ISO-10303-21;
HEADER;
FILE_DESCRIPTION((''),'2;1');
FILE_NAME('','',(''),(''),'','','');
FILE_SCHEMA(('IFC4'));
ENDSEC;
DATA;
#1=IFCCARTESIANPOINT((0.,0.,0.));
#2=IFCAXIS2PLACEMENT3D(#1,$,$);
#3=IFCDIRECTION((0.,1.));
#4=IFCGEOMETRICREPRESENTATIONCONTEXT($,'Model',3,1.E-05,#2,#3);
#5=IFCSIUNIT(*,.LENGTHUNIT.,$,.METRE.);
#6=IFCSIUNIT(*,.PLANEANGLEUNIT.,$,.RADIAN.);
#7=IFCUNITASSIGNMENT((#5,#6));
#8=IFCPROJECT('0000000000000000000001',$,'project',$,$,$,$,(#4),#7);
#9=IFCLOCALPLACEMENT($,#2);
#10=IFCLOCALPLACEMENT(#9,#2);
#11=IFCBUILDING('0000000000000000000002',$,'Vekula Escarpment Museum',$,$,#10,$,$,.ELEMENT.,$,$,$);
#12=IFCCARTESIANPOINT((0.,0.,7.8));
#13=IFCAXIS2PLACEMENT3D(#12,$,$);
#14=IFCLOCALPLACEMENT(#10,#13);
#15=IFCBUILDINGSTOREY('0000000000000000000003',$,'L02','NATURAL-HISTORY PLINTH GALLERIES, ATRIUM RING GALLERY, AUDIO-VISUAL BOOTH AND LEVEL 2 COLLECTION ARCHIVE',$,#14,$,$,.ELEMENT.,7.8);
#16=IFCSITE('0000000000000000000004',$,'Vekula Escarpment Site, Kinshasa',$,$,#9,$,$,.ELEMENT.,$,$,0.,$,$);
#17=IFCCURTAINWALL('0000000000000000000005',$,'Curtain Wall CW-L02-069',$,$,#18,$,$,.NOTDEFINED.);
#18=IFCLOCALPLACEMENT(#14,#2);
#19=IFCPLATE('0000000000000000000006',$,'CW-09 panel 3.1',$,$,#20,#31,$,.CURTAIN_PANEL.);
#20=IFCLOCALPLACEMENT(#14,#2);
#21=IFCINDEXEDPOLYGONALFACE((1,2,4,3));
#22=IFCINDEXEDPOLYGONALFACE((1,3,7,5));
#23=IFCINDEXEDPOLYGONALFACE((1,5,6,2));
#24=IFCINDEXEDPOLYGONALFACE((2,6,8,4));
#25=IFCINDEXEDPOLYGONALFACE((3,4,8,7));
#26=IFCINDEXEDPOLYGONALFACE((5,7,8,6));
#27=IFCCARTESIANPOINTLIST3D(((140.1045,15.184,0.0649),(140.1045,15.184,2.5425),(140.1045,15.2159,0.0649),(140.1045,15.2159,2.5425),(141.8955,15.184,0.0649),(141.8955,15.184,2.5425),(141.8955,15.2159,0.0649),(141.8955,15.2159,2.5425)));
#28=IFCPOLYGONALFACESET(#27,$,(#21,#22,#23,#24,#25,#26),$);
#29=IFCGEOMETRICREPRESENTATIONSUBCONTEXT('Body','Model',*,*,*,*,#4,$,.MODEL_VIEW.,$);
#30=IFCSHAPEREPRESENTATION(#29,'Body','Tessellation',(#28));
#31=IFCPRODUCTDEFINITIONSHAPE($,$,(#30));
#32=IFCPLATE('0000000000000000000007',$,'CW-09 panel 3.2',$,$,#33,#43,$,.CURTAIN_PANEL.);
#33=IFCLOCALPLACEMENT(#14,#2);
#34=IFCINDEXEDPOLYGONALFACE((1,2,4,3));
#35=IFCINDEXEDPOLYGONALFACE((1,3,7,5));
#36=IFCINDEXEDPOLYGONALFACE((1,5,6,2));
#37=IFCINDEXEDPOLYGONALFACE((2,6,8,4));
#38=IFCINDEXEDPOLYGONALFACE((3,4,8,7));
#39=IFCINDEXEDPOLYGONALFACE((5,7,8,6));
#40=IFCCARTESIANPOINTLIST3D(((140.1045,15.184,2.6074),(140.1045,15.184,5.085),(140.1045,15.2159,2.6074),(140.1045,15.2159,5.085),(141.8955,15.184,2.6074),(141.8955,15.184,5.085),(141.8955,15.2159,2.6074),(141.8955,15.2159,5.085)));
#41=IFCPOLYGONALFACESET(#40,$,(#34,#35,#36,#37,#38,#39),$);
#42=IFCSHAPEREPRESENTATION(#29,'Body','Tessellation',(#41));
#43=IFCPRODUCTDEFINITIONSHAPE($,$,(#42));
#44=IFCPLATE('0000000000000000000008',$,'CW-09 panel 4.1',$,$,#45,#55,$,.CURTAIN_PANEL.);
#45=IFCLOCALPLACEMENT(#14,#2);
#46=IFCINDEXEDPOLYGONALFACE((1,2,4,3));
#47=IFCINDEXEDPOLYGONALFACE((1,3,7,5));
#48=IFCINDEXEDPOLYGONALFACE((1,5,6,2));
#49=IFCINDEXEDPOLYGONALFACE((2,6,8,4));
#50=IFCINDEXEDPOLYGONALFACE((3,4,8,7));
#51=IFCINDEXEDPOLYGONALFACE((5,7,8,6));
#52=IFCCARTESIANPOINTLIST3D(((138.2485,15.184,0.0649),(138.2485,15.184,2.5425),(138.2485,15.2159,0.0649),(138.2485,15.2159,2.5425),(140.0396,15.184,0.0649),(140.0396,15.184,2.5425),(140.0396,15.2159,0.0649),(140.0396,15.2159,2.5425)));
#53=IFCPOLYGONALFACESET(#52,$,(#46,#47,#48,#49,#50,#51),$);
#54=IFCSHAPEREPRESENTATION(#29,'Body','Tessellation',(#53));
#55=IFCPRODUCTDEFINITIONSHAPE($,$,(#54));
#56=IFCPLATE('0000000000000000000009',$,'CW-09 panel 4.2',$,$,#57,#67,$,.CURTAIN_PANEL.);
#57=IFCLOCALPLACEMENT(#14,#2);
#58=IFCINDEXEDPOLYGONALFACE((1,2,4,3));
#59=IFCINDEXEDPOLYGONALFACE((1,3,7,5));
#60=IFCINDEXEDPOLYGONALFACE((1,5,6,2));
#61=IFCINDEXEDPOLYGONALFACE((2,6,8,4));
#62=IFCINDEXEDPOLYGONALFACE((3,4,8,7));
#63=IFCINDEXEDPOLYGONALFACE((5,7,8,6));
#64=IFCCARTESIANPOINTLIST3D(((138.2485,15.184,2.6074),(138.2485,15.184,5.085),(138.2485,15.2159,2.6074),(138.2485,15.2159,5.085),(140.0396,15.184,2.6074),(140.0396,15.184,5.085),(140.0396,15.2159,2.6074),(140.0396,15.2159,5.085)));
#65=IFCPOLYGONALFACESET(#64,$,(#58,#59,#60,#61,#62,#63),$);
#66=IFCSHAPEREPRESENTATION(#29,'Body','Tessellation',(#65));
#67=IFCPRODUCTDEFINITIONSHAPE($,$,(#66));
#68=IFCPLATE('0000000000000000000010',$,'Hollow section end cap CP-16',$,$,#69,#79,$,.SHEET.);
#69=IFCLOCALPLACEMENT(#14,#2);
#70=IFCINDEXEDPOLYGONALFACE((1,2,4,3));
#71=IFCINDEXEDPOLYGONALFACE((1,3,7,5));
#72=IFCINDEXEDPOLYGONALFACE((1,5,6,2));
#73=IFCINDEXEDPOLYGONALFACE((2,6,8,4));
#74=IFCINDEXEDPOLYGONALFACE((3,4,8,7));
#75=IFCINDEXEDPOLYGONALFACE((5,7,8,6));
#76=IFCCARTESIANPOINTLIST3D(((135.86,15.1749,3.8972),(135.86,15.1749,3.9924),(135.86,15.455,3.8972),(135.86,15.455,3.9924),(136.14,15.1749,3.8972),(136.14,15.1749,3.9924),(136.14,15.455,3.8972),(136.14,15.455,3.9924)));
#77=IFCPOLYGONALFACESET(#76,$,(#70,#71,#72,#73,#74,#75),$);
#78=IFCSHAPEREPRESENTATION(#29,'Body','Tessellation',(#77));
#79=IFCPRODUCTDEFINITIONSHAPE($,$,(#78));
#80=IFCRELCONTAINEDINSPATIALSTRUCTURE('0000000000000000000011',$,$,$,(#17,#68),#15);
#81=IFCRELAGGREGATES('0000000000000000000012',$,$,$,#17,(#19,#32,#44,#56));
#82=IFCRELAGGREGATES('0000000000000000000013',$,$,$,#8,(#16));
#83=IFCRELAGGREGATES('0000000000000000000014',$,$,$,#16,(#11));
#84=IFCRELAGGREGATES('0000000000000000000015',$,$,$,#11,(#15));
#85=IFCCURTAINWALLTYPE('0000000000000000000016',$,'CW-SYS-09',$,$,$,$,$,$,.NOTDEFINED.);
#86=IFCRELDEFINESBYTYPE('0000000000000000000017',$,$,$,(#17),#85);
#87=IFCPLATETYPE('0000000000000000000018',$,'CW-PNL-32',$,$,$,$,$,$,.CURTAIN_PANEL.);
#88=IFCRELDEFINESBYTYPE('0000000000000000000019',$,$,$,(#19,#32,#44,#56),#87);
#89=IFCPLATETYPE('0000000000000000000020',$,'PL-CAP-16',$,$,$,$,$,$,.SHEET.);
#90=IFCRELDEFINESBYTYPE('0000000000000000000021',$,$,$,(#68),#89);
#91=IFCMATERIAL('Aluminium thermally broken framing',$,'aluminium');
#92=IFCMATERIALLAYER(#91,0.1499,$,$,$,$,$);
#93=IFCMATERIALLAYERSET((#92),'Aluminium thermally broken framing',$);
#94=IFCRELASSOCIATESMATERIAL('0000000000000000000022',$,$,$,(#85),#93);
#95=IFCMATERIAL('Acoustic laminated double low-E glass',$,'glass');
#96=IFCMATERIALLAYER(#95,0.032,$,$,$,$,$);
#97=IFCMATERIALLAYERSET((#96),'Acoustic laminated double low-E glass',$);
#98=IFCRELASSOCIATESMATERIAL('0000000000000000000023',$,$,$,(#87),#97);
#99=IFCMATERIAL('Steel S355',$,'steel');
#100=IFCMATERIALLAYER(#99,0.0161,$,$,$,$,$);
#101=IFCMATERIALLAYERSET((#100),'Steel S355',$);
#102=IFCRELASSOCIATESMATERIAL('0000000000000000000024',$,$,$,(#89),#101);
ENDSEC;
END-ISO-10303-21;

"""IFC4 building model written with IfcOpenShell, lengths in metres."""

from ifc_helpers import new_model, si_unit, direction, frame, origin, origin_2d, place, context, subcontext, project, spatial, rectangle, extrude, material, layer, layer_set, type_object, element, aggregate, save


model = new_model("IFC4")

# Units and contexts
model_context = context("Model", 3, precision=1e-05, world=origin(), true_north=direction((0.0, 1.0)))
body_context = subcontext(model_context, "Body", "Model", "MODEL_VIEW")
ifc_project = project(units=[si_unit("LENGTHUNIT", "METRE"), si_unit("PLANEANGLEUNIT", "RADIAN")], contexts=[model_context])

# Site, building, storey
site_placement = place(None, origin())
site = spatial("IfcSite", under=ifc_project, at=site_placement, Name="Vekula Escarpment Site, Kinshasa", CompositionType="ELEMENT", RefElevation=0.0)
building_placement = place(site_placement, origin())
building = spatial("IfcBuilding", under=site, at=building_placement, Name="Vekula Escarpment Museum", CompositionType="ELEMENT")
storey_placement = place(building_placement, frame((0.0, 0.0, 7.8)))
storey = spatial("IfcBuildingStorey", under=building, at=storey_placement, Name="L02", Description="NATURAL-HISTORY PLINTH GALLERIES, ATRIUM RING GALLERY, AUDIO-VISUAL BOOTH AND LEVEL 2 COLLECTION ARCHIVE", CompositionType="ELEMENT", Elevation=7.8)

# Curtain wall, plates
ifc_material_1 = material(Name="Aluminium thermally broken framing", Category="aluminium")
ifc_layer_1 = layer(ifc_material_1, 0.1499)
ifc_layer_set_1 = layer_set([ifc_layer_1], Name="Aluminium thermally broken framing")
curtain_wall_type = type_object("IfcCurtainWallType", Name="CW-SYS-09", PredefinedType="NOTDEFINED", material=ifc_layer_set_1)
curtain_wall_placement = place(storey_placement, origin())
curtain_wall = element("IfcCurtainWall", 1, at=curtain_wall_placement, inside=storey, type_object=curtain_wall_type, Name="Curtain Wall CW-L02-069", PredefinedType="NOTDEFINED")
ifc_material_2 = material(Name="Acoustic laminated double low-E glass", Category="glass")
ifc_layer_2 = layer(ifc_material_2, 0.032)
ifc_layer_set_2 = layer_set([ifc_layer_2], Name="Acoustic laminated double low-E glass")
plate_type_1 = type_object("IfcPlateType", Name="CW-PNL-32", PredefinedType="CURTAIN_PANEL", material=ifc_layer_set_2)
plate_1_placement = place(storey_placement, frame((141.0, 15.2, 0.0649), z_axis=(0.0, 0.0, 1.0), x_axis=(-1.0, 0.0, 0.0)))
plate_1 = element("IfcPlate", 2, at=plate_1_placement, type_object=plate_type_1, Name="CW-09 panel 3.1", PredefinedType="CURTAIN_PANEL", context=body_context, shape_type="SweptSolid", body=[
    extrude(rectangle(XDim=1.791, YDim=0.032, at=origin_2d()), origin(), (0.0, 0.0, 1.0), 2.4775),
])
plate_2_placement = place(storey_placement, frame((141.0, 15.2, 2.6074), z_axis=(0.0, 0.0, 1.0), x_axis=(-1.0, 0.0, 0.0)))
plate_2 = element("IfcPlate", 3, at=plate_2_placement, type_object=plate_type_1, Name="CW-09 panel 3.2", PredefinedType="CURTAIN_PANEL", context=body_context, shape_type="SweptSolid", body=[
    extrude(rectangle(XDim=1.791, YDim=0.032, at=origin_2d()), origin(), (0.0, 0.0, 1.0), 2.4775),
])
plate_3_placement = place(storey_placement, frame((139.144, 15.2, 0.0649), z_axis=(0.0, 0.0, 1.0), x_axis=(-1.0, 0.0, 0.0)))
plate_3 = element("IfcPlate", 4, at=plate_3_placement, type_object=plate_type_1, Name="CW-09 panel 4.1", PredefinedType="CURTAIN_PANEL", context=body_context, shape_type="SweptSolid", body=[
    extrude(rectangle(XDim=1.791, YDim=0.032, at=origin_2d()), origin(), (0.0, 0.0, 1.0), 2.4775),
])
plate_4_placement = place(storey_placement, frame((139.144, 15.2, 2.6074), z_axis=(0.0, 0.0, 1.0), x_axis=(-1.0, 0.0, 0.0)))
plate_4 = element("IfcPlate", 5, at=plate_4_placement, type_object=plate_type_1, Name="CW-09 panel 4.2", PredefinedType="CURTAIN_PANEL", context=body_context, shape_type="SweptSolid", body=[
    extrude(rectangle(XDim=1.791, YDim=0.032, at=origin_2d()), origin(), (0.0, 0.0, 1.0), 2.4775),
])
aggregate(curtain_wall, [plate_1, plate_2, plate_3, plate_4])

# Plate
ifc_material_3 = material(Name="Steel S355", Category="steel")
ifc_layer_3 = layer(ifc_material_3, 0.0161)
ifc_layer_set_3 = layer_set([ifc_layer_3], Name="Steel S355")
plate_type_2 = type_object("IfcPlateType", Name="PL-CAP-16", PredefinedType="SHEET", material=ifc_layer_set_3)
plate_5_placement = place(storey_placement, frame((136.0, 15.3149, 3.8972), z_axis=(0.0, 0.0, 1.0), x_axis=(1.0, 0.0, 0.0)))
element("IfcPlate", 6, at=plate_5_placement, inside=storey, type_object=plate_type_2, Name="Hollow section end cap CP-16", PredefinedType="SHEET", context=body_context, shape_type="SweptSolid", body=[
    extrude(rectangle(XDim=0.28, YDim=0.28, at=origin_2d()), origin(), (0.0, 0.0, 1.0), 0.0952),
])

save(model, "model.ifc")
